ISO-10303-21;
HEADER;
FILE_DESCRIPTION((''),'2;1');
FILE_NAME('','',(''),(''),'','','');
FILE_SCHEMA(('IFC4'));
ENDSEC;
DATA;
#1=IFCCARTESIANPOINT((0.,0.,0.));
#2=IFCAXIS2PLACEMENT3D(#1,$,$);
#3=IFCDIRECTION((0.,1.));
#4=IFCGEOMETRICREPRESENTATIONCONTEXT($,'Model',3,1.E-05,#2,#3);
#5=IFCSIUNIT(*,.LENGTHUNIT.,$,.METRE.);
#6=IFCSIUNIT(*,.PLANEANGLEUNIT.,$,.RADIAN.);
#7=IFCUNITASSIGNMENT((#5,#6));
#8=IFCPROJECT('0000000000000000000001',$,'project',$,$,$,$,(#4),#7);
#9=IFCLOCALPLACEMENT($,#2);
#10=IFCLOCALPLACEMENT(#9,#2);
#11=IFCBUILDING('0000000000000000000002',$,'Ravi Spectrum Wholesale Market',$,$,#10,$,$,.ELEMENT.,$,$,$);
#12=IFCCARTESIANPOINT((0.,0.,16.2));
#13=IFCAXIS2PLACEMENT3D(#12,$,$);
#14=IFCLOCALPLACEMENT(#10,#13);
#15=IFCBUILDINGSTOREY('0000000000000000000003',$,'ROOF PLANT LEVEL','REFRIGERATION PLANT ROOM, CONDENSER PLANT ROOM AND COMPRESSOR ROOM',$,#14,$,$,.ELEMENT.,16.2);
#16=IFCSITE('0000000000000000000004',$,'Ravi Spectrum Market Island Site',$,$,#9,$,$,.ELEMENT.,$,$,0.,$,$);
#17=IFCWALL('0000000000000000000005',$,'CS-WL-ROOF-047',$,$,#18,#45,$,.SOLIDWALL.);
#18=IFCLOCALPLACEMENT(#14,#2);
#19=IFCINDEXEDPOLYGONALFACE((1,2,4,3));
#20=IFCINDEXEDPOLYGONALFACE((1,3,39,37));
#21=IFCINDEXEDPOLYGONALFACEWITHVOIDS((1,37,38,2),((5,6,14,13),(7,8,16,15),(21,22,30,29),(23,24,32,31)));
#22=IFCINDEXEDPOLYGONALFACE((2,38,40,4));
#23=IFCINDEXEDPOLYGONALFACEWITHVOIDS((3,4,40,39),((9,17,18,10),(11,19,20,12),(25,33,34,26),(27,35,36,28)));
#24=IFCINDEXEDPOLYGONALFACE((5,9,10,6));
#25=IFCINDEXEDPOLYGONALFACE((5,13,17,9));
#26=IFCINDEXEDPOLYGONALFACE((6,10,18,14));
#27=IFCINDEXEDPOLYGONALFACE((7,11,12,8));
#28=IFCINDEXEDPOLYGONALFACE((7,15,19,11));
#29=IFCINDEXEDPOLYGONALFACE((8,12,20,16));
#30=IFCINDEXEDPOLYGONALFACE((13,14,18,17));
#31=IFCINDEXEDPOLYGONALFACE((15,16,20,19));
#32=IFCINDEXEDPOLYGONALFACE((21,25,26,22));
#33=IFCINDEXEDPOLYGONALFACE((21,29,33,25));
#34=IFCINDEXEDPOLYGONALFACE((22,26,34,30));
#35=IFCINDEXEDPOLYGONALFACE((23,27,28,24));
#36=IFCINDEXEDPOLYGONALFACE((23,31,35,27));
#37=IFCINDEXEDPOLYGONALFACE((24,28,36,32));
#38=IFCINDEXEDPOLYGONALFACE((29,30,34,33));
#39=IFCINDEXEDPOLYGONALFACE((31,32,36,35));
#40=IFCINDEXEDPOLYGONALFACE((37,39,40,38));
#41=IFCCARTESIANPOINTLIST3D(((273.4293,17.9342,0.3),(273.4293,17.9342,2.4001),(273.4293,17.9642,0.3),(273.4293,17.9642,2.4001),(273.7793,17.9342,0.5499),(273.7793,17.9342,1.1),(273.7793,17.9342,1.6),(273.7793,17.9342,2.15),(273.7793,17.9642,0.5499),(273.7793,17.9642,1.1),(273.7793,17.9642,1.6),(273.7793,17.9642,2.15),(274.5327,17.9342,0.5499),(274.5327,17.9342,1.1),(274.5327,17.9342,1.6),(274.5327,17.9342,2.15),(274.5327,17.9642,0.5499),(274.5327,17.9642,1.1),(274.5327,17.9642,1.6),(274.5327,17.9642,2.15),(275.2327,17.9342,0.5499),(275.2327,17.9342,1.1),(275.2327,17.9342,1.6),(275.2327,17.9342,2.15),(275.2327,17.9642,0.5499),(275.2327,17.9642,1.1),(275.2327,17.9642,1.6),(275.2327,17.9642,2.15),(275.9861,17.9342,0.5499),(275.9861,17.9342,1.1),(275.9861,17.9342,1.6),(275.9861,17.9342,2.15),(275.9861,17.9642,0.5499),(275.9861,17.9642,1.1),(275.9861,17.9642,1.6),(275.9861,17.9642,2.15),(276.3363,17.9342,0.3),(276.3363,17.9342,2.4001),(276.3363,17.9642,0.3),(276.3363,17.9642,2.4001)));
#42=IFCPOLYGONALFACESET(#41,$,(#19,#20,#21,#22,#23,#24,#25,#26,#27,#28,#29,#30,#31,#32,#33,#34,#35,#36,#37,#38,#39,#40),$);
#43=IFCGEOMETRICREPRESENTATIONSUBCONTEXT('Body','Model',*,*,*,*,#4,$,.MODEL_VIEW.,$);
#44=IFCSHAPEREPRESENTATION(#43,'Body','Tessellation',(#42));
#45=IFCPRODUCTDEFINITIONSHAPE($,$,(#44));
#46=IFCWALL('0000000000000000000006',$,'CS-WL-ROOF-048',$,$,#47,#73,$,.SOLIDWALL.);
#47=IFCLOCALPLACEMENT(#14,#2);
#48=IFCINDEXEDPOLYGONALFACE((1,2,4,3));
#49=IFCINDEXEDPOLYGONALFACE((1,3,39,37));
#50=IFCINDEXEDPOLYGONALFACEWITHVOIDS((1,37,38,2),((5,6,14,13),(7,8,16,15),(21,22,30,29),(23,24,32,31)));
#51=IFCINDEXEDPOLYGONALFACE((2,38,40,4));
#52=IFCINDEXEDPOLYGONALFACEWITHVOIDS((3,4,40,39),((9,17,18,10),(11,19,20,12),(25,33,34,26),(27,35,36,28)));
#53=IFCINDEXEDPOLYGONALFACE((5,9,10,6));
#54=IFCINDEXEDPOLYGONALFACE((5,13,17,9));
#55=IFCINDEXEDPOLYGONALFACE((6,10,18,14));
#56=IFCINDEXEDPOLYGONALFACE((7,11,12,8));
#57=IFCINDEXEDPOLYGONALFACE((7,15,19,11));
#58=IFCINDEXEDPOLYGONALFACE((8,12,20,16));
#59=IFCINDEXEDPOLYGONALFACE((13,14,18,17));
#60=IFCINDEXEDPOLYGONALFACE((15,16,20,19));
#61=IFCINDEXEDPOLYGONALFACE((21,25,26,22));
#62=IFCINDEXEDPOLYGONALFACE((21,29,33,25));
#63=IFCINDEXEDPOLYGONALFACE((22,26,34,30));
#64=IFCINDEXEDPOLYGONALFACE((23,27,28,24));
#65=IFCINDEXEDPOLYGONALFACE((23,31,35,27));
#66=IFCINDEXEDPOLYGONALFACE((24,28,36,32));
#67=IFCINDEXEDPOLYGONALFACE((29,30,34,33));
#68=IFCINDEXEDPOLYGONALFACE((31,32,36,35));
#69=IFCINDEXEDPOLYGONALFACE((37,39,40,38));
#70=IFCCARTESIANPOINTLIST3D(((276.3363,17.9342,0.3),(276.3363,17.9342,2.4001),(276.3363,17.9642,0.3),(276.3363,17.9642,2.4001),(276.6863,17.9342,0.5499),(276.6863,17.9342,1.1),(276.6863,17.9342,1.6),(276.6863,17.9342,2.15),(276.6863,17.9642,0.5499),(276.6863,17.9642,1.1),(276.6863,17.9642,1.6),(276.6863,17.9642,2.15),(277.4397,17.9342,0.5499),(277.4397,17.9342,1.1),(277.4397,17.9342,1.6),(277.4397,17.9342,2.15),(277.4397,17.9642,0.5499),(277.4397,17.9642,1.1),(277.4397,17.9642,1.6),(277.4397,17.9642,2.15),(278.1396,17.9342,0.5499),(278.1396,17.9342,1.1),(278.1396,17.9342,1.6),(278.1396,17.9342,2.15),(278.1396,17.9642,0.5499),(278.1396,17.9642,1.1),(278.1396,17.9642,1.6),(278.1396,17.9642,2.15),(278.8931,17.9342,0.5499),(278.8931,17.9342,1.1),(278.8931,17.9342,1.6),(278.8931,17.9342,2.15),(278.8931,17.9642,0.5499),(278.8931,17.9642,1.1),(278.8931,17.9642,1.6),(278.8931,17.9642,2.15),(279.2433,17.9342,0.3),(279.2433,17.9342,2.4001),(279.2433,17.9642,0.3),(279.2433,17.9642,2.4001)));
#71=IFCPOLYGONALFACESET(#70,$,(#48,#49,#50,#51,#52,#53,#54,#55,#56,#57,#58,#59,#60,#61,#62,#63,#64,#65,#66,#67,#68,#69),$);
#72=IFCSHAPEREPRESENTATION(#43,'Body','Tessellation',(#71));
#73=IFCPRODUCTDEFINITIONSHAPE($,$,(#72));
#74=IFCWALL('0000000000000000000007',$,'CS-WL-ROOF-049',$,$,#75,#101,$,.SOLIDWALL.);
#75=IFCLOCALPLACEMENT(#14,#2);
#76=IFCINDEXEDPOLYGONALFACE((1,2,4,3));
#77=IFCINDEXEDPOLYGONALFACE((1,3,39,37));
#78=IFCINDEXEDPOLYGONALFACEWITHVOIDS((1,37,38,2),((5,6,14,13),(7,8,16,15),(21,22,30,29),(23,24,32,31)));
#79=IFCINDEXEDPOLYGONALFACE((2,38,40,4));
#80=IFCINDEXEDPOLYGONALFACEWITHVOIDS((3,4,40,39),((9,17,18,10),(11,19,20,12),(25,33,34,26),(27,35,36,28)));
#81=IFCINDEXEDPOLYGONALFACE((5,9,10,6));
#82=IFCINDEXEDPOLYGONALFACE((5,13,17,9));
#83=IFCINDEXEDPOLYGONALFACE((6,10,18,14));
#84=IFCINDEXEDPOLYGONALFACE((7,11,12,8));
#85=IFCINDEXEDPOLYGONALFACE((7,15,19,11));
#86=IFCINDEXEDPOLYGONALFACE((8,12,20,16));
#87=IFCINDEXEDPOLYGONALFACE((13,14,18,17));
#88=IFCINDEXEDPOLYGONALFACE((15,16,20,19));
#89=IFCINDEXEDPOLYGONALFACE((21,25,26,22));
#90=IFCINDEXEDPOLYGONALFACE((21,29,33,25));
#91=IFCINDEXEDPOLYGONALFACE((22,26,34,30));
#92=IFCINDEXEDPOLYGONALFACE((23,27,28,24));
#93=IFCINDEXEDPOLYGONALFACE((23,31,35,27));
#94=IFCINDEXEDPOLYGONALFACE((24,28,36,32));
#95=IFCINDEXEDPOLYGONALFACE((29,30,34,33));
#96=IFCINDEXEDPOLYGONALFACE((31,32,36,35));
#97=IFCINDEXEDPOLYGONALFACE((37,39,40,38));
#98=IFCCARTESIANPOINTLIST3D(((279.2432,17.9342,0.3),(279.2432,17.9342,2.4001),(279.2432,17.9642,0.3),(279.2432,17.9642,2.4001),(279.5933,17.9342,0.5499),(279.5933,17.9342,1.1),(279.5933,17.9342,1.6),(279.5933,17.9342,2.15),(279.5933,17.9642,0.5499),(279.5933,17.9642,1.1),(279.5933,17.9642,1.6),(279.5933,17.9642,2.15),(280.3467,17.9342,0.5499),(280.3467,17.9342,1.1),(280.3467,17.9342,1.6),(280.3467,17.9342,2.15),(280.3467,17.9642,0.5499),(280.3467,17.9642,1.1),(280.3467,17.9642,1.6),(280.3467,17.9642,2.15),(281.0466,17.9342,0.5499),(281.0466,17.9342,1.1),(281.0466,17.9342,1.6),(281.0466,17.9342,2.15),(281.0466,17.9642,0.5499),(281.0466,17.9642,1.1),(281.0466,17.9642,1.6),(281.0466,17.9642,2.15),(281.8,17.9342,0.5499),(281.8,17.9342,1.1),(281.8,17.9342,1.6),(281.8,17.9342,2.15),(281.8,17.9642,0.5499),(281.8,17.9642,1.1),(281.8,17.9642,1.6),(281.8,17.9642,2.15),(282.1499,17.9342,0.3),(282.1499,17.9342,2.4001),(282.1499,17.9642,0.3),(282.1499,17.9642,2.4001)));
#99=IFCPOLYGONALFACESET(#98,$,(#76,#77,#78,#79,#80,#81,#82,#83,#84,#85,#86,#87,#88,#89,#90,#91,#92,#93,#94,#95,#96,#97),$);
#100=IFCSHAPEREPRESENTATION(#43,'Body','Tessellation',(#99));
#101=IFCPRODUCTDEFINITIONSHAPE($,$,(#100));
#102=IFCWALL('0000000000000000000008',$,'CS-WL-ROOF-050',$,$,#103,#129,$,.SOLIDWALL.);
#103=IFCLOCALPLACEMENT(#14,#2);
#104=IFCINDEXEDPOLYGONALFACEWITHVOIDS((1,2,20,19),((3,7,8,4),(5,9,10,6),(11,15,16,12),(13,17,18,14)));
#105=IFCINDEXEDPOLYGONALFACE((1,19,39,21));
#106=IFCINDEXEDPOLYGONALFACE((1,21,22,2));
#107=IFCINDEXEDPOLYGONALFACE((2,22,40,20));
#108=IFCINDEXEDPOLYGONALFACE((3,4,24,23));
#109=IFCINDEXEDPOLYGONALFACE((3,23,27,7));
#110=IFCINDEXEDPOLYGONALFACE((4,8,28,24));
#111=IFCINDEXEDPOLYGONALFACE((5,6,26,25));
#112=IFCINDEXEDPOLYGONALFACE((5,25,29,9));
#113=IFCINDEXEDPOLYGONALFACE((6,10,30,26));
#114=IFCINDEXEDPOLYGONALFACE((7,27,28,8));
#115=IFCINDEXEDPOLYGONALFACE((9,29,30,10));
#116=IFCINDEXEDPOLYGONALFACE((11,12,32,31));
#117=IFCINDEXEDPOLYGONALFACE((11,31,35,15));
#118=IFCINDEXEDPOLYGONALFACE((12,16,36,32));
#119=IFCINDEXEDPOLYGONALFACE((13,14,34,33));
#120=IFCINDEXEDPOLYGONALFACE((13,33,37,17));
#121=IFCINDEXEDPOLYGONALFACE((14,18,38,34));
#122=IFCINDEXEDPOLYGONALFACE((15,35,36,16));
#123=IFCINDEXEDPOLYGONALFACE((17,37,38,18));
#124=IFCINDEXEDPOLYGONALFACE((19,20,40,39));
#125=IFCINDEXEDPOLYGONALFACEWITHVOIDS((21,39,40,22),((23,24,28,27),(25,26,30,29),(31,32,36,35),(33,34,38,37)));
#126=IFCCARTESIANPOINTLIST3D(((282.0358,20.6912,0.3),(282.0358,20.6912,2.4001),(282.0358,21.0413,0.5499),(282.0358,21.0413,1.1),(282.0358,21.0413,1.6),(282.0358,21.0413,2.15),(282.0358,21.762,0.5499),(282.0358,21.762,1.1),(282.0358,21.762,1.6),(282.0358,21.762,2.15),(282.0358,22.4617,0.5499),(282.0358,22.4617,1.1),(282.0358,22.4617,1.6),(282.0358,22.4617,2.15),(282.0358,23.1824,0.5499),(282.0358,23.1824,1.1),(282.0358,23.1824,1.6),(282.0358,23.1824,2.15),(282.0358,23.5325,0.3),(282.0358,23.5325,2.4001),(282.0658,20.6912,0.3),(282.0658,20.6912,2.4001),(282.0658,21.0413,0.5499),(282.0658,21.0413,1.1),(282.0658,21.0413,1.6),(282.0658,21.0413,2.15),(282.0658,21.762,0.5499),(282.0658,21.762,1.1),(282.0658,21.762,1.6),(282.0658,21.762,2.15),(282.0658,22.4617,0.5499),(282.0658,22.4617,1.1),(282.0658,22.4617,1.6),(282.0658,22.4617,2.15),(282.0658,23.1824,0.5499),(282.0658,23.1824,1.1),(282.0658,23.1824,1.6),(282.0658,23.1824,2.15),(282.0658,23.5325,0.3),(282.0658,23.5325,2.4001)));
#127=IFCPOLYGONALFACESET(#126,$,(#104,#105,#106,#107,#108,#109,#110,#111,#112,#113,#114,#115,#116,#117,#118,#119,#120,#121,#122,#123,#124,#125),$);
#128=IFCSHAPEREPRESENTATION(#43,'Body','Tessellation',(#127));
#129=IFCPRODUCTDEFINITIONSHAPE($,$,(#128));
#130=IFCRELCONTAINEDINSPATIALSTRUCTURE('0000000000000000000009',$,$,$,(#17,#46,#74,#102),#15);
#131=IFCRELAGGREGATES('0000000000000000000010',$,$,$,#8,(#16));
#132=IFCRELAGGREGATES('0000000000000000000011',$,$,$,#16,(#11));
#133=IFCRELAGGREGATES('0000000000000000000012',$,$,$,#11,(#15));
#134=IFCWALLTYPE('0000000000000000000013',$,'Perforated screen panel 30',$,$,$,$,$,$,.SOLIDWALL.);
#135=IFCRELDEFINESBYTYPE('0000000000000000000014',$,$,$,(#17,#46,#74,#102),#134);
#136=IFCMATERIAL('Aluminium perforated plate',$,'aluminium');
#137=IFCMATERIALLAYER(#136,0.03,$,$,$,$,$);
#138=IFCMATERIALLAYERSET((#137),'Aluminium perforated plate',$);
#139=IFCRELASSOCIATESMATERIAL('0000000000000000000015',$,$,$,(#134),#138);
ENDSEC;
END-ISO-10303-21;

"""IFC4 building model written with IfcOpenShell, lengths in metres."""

from ifc_helpers import new_model, si_unit, direction, frame, frame_2d, origin, place, context, subcontext, project, spatial, rectangle, extrude, material, layer, layer_set, type_object, element, save


model = new_model("IFC4")

# Units and contexts
model_context = context("Model", 3, precision=1e-05, world=origin(), true_north=direction((0.0, 1.0)))
body_context = subcontext(model_context, "Body", "Model", "MODEL_VIEW")
ifc_project = project(units=[si_unit("LENGTHUNIT", "METRE"), si_unit("PLANEANGLEUNIT", "RADIAN")], contexts=[model_context])

# Site, building, storey
site_placement = place(None, origin())
site = spatial("IfcSite", under=ifc_project, at=site_placement, Name="Ravi Spectrum Market Island Site", CompositionType="ELEMENT", RefElevation=0.0)
building_placement = place(site_placement, origin())
building = spatial("IfcBuilding", under=site, at=building_placement, Name="Ravi Spectrum Wholesale Market", CompositionType="ELEMENT")
storey_placement = place(building_placement, frame((0.0, 0.0, 16.2)))
storey = spatial("IfcBuildingStorey", under=building, at=storey_placement, Name="ROOF PLANT LEVEL", Description="REFRIGERATION PLANT ROOM, CONDENSER PLANT ROOM AND COMPRESSOR ROOM", CompositionType="ELEMENT", Elevation=16.2)

# Walls, openings
ifc_material_1 = material(Name="Aluminium perforated plate", Category="aluminium")
ifc_layer = layer(ifc_material_1, 0.03)
ifc_layer_set = layer_set([ifc_layer], Name="Aluminium perforated plate")
wall_type = type_object("IfcWallType", Name="Perforated screen panel 30", PredefinedType="SOLIDWALL", material=ifc_layer_set)
wall_1_placement = place(storey_placement, frame((273.4292, 17.9492, 0.3), z_axis=(0.0, 0.0, 1.0), x_axis=(1.0, 0.0, 0.0)))
wall_1 = element("IfcWall", 1, at=wall_1_placement, inside=storey, type_object=wall_type, Name="CS-WL-ROOF-047", PredefinedType="SOLIDWALL", context=body_context, shape_type="SweptSolid", body=[
    extrude(rectangle(XDim=2.907, YDim=0.03, at=frame_2d((1.4536, 0.0))), origin(), (0.0, 0.0, 1.0), 2.1001),
])
opening_1_placement = place(wall_1_placement, frame((0.3501, 0.0, 0.25)))
element("IfcOpeningElement", 2, at=opening_1_placement, cuts=wall_1, PredefinedType="OPENING", context=body_context, shape_type="SweptSolid", body=[
    extrude(rectangle(XDim=0.7534, YDim=0.55, at=frame_2d((0.3767, 0.2749))), frame((0.0, 0.0249, 0.0), z_axis=(0.0, -1.0, 0.0), x_axis=(1.0, 0.0, 0.0)), (0.0, 0.0, 1.0), 0.05),
])
opening_2_placement = place(wall_1_placement, frame((0.3501, 0.0, 1.3)))
element("IfcOpeningElement", 3, at=opening_2_placement, cuts=wall_1, PredefinedType="OPENING", context=body_context, shape_type="SweptSolid", body=[
    extrude(rectangle(XDim=0.7534, YDim=0.55, at=frame_2d((0.3767, 0.2749))), frame((0.0, 0.0249, 0.0), z_axis=(0.0, -1.0, 0.0), x_axis=(1.0, 0.0, 0.0)), (0.0, 0.0, 1.0), 0.05),
])
opening_3_placement = place(wall_1_placement, frame((1.8035, 0.0, 0.25)))
element("IfcOpeningElement", 4, at=opening_3_placement, cuts=wall_1, PredefinedType="OPENING", context=body_context, shape_type="SweptSolid", body=[
    extrude(rectangle(XDim=0.7534, YDim=0.55, at=frame_2d((0.3767, 0.2749))), frame((0.0, 0.0249, 0.0), z_axis=(0.0, -1.0, 0.0), x_axis=(1.0, 0.0, 0.0)), (0.0, 0.0, 1.0), 0.05),
])
opening_4_placement = place(wall_1_placement, frame((1.8035, 0.0, 1.3)))
element("IfcOpeningElement", 5, at=opening_4_placement, cuts=wall_1, PredefinedType="OPENING", context=body_context, shape_type="SweptSolid", body=[
    extrude(rectangle(XDim=0.7534, YDim=0.55, at=frame_2d((0.3767, 0.2749))), frame((0.0, 0.0249, 0.0), z_axis=(0.0, -1.0, 0.0), x_axis=(1.0, 0.0, 0.0)), (0.0, 0.0, 1.0), 0.05),
])
wall_2_placement = place(storey_placement, frame((276.3362, 17.9492, 0.3), z_axis=(0.0, 0.0, 1.0), x_axis=(1.0, 0.0, 0.0)))
wall_2 = element("IfcWall", 6, at=wall_2_placement, inside=storey, type_object=wall_type, Name="CS-WL-ROOF-048", PredefinedType="SOLIDWALL", context=body_context, shape_type="SweptSolid", body=[
    extrude(rectangle(XDim=2.907, YDim=0.03, at=frame_2d((1.4536, 0.0))), origin(), (0.0, 0.0, 1.0), 2.1001),
])
opening_5_placement = place(wall_2_placement, frame((0.3501, 0.0, 0.25)))
element("IfcOpeningElement", 7, at=opening_5_placement, cuts=wall_2, PredefinedType="OPENING", context=body_context, shape_type="SweptSolid", body=[
    extrude(rectangle(XDim=0.7534, YDim=0.55, at=frame_2d((0.3767, 0.2749))), frame((0.0, 0.0249, 0.0), z_axis=(0.0, -1.0, 0.0), x_axis=(1.0, 0.0, 0.0)), (0.0, 0.0, 1.0), 0.05),
])
opening_6_placement = place(wall_2_placement, frame((0.3501, 0.0, 1.3)))
element("IfcOpeningElement", 8, at=opening_6_placement, cuts=wall_2, PredefinedType="OPENING", context=body_context, shape_type="SweptSolid", body=[
    extrude(rectangle(XDim=0.7534, YDim=0.55, at=frame_2d((0.3767, 0.2749))), frame((0.0, 0.0249, 0.0), z_axis=(0.0, -1.0, 0.0), x_axis=(1.0, 0.0, 0.0)), (0.0, 0.0, 1.0), 0.05),
])
opening_7_placement = place(wall_2_placement, frame((1.8035, 0.0, 0.25)))
element("IfcOpeningElement", 9, at=opening_7_placement, cuts=wall_2, PredefinedType="OPENING", context=body_context, shape_type="SweptSolid", body=[
    extrude(rectangle(XDim=0.7534, YDim=0.55, at=frame_2d((0.3767, 0.2749))), frame((0.0, 0.0249, 0.0), z_axis=(0.0, -1.0, 0.0), x_axis=(1.0, 0.0, 0.0)), (0.0, 0.0, 1.0), 0.05),
])
opening_8_placement = place(wall_2_placement, frame((1.8035, 0.0, 1.3)))
element("IfcOpeningElement", 10, at=opening_8_placement, cuts=wall_2, PredefinedType="OPENING", context=body_context, shape_type="SweptSolid", body=[
    extrude(rectangle(XDim=0.7534, YDim=0.55, at=frame_2d((0.3767, 0.2749))), frame((0.0, 0.0249, 0.0), z_axis=(0.0, -1.0, 0.0), x_axis=(1.0, 0.0, 0.0)), (0.0, 0.0, 1.0), 0.05),
])
wall_3_placement = place(storey_placement, frame((279.2432, 17.9492, 0.3), z_axis=(0.0, 0.0, 1.0), x_axis=(1.0, 0.0, 0.0)))
wall_3 = element("IfcWall", 11, at=wall_3_placement, inside=storey, type_object=wall_type, Name="CS-WL-ROOF-049", PredefinedType="SOLIDWALL", context=body_context, shape_type="SweptSolid", body=[
    extrude(rectangle(XDim=2.9067, YDim=0.03, at=frame_2d((1.4534, 0.0))), origin(), (0.0, 0.0, 1.0), 2.1001),
])
opening_9_placement = place(wall_3_placement, frame((0.3501, 0.0, 0.25)))
element("IfcOpeningElement", 12, at=opening_9_placement, cuts=wall_3, PredefinedType="OPENING", context=body_context, shape_type="SweptSolid", body=[
    extrude(rectangle(XDim=0.7534, YDim=0.55, at=frame_2d((0.3767, 0.2749))), frame((0.0, 0.0249, 0.0), z_axis=(0.0, -1.0, 0.0), x_axis=(1.0, 0.0, 0.0)), (0.0, 0.0, 1.0), 0.05),
])
opening_10_placement = place(wall_3_placement, frame((0.3501, 0.0, 1.3)))
element("IfcOpeningElement", 13, at=opening_10_placement, cuts=wall_3, PredefinedType="OPENING", context=body_context, shape_type="SweptSolid", body=[
    extrude(rectangle(XDim=0.7534, YDim=0.55, at=frame_2d((0.3767, 0.2749))), frame((0.0, 0.0249, 0.0), z_axis=(0.0, -1.0, 0.0), x_axis=(1.0, 0.0, 0.0)), (0.0, 0.0, 1.0), 0.05),
])
opening_11_placement = place(wall_3_placement, frame((1.8035, 0.0, 0.25)))
element("IfcOpeningElement", 14, at=opening_11_placement, cuts=wall_3, PredefinedType="OPENING", context=body_context, shape_type="SweptSolid", body=[
    extrude(rectangle(XDim=0.7534, YDim=0.55, at=frame_2d((0.3767, 0.2749))), frame((0.0, 0.0249, 0.0), z_axis=(0.0, -1.0, 0.0), x_axis=(1.0, 0.0, 0.0)), (0.0, 0.0, 1.0), 0.05),
])
opening_12_placement = place(wall_3_placement, frame((1.8035, 0.0, 1.3)))
element("IfcOpeningElement", 15, at=opening_12_placement, cuts=wall_3, PredefinedType="OPENING", context=body_context, shape_type="SweptSolid", body=[
    extrude(rectangle(XDim=0.7534, YDim=0.55, at=frame_2d((0.3767, 0.2749))), frame((0.0, 0.0249, 0.0), z_axis=(0.0, -1.0, 0.0), x_axis=(1.0, 0.0, 0.0)), (0.0, 0.0, 1.0), 0.05),
])
wall_4_placement = place(storey_placement, frame((282.0508, 20.6912, 0.3), z_axis=(0.0, 0.0, 1.0), x_axis=(0.0, 1.0, 0.0)))
wall_4 = element("IfcWall", 16, at=wall_4_placement, inside=storey, type_object=wall_type, Name="CS-WL-ROOF-050", PredefinedType="SOLIDWALL", context=body_context, shape_type="SweptSolid", body=[
    extrude(rectangle(XDim=2.8413, YDim=0.03, at=frame_2d((1.4207, 0.0))), origin(), (0.0, 0.0, 1.0), 2.1001),
])
opening_13_placement = place(wall_4_placement, frame((0.3501, 0.0, 0.25)))
element("IfcOpeningElement", 17, at=opening_13_placement, cuts=wall_4, PredefinedType="OPENING", context=body_context, shape_type="SweptSolid", body=[
    extrude(rectangle(XDim=0.7207, YDim=0.55, at=frame_2d((0.3604, 0.2749))), frame((0.0, 0.0249, 0.0), z_axis=(0.0, -1.0, 0.0), x_axis=(1.0, 0.0, 0.0)), (0.0, 0.0, 1.0), 0.05),
])
opening_14_placement = place(wall_4_placement, frame((0.3501, 0.0, 1.3)))
element("IfcOpeningElement", 18, at=opening_14_placement, cuts=wall_4, PredefinedType="OPENING", context=body_context, shape_type="SweptSolid", body=[
    extrude(rectangle(XDim=0.7207, YDim=0.55, at=frame_2d((0.3604, 0.2749))), frame((0.0, 0.0249, 0.0), z_axis=(0.0, -1.0, 0.0), x_axis=(1.0, 0.0, 0.0)), (0.0, 0.0, 1.0), 0.05),
])
opening_15_placement = place(wall_4_placement, frame((1.7705, 0.0, 0.25)))
element("IfcOpeningElement", 19, at=opening_15_placement, cuts=wall_4, PredefinedType="OPENING", context=body_context, shape_type="SweptSolid", body=[
    extrude(rectangle(XDim=0.7207, YDim=0.55, at=frame_2d((0.3604, 0.2749))), frame((0.0, 0.0249, 0.0), z_axis=(0.0, -1.0, 0.0), x_axis=(1.0, 0.0, 0.0)), (0.0, 0.0, 1.0), 0.05),
])
opening_16_placement = place(wall_4_placement, frame((1.7705, 0.0, 1.3)))
element("IfcOpeningElement", 20, at=opening_16_placement, cuts=wall_4, PredefinedType="OPENING", context=body_context, shape_type="SweptSolid", body=[
    extrude(rectangle(XDim=0.7207, YDim=0.55, at=frame_2d((0.3604, 0.2749))), frame((0.0, 0.0249, 0.0), z_axis=(0.0, -1.0, 0.0), x_axis=(1.0, 0.0, 0.0)), (0.0, 0.0, 1.0), 0.05),
])

save(model, "model.ifc")
